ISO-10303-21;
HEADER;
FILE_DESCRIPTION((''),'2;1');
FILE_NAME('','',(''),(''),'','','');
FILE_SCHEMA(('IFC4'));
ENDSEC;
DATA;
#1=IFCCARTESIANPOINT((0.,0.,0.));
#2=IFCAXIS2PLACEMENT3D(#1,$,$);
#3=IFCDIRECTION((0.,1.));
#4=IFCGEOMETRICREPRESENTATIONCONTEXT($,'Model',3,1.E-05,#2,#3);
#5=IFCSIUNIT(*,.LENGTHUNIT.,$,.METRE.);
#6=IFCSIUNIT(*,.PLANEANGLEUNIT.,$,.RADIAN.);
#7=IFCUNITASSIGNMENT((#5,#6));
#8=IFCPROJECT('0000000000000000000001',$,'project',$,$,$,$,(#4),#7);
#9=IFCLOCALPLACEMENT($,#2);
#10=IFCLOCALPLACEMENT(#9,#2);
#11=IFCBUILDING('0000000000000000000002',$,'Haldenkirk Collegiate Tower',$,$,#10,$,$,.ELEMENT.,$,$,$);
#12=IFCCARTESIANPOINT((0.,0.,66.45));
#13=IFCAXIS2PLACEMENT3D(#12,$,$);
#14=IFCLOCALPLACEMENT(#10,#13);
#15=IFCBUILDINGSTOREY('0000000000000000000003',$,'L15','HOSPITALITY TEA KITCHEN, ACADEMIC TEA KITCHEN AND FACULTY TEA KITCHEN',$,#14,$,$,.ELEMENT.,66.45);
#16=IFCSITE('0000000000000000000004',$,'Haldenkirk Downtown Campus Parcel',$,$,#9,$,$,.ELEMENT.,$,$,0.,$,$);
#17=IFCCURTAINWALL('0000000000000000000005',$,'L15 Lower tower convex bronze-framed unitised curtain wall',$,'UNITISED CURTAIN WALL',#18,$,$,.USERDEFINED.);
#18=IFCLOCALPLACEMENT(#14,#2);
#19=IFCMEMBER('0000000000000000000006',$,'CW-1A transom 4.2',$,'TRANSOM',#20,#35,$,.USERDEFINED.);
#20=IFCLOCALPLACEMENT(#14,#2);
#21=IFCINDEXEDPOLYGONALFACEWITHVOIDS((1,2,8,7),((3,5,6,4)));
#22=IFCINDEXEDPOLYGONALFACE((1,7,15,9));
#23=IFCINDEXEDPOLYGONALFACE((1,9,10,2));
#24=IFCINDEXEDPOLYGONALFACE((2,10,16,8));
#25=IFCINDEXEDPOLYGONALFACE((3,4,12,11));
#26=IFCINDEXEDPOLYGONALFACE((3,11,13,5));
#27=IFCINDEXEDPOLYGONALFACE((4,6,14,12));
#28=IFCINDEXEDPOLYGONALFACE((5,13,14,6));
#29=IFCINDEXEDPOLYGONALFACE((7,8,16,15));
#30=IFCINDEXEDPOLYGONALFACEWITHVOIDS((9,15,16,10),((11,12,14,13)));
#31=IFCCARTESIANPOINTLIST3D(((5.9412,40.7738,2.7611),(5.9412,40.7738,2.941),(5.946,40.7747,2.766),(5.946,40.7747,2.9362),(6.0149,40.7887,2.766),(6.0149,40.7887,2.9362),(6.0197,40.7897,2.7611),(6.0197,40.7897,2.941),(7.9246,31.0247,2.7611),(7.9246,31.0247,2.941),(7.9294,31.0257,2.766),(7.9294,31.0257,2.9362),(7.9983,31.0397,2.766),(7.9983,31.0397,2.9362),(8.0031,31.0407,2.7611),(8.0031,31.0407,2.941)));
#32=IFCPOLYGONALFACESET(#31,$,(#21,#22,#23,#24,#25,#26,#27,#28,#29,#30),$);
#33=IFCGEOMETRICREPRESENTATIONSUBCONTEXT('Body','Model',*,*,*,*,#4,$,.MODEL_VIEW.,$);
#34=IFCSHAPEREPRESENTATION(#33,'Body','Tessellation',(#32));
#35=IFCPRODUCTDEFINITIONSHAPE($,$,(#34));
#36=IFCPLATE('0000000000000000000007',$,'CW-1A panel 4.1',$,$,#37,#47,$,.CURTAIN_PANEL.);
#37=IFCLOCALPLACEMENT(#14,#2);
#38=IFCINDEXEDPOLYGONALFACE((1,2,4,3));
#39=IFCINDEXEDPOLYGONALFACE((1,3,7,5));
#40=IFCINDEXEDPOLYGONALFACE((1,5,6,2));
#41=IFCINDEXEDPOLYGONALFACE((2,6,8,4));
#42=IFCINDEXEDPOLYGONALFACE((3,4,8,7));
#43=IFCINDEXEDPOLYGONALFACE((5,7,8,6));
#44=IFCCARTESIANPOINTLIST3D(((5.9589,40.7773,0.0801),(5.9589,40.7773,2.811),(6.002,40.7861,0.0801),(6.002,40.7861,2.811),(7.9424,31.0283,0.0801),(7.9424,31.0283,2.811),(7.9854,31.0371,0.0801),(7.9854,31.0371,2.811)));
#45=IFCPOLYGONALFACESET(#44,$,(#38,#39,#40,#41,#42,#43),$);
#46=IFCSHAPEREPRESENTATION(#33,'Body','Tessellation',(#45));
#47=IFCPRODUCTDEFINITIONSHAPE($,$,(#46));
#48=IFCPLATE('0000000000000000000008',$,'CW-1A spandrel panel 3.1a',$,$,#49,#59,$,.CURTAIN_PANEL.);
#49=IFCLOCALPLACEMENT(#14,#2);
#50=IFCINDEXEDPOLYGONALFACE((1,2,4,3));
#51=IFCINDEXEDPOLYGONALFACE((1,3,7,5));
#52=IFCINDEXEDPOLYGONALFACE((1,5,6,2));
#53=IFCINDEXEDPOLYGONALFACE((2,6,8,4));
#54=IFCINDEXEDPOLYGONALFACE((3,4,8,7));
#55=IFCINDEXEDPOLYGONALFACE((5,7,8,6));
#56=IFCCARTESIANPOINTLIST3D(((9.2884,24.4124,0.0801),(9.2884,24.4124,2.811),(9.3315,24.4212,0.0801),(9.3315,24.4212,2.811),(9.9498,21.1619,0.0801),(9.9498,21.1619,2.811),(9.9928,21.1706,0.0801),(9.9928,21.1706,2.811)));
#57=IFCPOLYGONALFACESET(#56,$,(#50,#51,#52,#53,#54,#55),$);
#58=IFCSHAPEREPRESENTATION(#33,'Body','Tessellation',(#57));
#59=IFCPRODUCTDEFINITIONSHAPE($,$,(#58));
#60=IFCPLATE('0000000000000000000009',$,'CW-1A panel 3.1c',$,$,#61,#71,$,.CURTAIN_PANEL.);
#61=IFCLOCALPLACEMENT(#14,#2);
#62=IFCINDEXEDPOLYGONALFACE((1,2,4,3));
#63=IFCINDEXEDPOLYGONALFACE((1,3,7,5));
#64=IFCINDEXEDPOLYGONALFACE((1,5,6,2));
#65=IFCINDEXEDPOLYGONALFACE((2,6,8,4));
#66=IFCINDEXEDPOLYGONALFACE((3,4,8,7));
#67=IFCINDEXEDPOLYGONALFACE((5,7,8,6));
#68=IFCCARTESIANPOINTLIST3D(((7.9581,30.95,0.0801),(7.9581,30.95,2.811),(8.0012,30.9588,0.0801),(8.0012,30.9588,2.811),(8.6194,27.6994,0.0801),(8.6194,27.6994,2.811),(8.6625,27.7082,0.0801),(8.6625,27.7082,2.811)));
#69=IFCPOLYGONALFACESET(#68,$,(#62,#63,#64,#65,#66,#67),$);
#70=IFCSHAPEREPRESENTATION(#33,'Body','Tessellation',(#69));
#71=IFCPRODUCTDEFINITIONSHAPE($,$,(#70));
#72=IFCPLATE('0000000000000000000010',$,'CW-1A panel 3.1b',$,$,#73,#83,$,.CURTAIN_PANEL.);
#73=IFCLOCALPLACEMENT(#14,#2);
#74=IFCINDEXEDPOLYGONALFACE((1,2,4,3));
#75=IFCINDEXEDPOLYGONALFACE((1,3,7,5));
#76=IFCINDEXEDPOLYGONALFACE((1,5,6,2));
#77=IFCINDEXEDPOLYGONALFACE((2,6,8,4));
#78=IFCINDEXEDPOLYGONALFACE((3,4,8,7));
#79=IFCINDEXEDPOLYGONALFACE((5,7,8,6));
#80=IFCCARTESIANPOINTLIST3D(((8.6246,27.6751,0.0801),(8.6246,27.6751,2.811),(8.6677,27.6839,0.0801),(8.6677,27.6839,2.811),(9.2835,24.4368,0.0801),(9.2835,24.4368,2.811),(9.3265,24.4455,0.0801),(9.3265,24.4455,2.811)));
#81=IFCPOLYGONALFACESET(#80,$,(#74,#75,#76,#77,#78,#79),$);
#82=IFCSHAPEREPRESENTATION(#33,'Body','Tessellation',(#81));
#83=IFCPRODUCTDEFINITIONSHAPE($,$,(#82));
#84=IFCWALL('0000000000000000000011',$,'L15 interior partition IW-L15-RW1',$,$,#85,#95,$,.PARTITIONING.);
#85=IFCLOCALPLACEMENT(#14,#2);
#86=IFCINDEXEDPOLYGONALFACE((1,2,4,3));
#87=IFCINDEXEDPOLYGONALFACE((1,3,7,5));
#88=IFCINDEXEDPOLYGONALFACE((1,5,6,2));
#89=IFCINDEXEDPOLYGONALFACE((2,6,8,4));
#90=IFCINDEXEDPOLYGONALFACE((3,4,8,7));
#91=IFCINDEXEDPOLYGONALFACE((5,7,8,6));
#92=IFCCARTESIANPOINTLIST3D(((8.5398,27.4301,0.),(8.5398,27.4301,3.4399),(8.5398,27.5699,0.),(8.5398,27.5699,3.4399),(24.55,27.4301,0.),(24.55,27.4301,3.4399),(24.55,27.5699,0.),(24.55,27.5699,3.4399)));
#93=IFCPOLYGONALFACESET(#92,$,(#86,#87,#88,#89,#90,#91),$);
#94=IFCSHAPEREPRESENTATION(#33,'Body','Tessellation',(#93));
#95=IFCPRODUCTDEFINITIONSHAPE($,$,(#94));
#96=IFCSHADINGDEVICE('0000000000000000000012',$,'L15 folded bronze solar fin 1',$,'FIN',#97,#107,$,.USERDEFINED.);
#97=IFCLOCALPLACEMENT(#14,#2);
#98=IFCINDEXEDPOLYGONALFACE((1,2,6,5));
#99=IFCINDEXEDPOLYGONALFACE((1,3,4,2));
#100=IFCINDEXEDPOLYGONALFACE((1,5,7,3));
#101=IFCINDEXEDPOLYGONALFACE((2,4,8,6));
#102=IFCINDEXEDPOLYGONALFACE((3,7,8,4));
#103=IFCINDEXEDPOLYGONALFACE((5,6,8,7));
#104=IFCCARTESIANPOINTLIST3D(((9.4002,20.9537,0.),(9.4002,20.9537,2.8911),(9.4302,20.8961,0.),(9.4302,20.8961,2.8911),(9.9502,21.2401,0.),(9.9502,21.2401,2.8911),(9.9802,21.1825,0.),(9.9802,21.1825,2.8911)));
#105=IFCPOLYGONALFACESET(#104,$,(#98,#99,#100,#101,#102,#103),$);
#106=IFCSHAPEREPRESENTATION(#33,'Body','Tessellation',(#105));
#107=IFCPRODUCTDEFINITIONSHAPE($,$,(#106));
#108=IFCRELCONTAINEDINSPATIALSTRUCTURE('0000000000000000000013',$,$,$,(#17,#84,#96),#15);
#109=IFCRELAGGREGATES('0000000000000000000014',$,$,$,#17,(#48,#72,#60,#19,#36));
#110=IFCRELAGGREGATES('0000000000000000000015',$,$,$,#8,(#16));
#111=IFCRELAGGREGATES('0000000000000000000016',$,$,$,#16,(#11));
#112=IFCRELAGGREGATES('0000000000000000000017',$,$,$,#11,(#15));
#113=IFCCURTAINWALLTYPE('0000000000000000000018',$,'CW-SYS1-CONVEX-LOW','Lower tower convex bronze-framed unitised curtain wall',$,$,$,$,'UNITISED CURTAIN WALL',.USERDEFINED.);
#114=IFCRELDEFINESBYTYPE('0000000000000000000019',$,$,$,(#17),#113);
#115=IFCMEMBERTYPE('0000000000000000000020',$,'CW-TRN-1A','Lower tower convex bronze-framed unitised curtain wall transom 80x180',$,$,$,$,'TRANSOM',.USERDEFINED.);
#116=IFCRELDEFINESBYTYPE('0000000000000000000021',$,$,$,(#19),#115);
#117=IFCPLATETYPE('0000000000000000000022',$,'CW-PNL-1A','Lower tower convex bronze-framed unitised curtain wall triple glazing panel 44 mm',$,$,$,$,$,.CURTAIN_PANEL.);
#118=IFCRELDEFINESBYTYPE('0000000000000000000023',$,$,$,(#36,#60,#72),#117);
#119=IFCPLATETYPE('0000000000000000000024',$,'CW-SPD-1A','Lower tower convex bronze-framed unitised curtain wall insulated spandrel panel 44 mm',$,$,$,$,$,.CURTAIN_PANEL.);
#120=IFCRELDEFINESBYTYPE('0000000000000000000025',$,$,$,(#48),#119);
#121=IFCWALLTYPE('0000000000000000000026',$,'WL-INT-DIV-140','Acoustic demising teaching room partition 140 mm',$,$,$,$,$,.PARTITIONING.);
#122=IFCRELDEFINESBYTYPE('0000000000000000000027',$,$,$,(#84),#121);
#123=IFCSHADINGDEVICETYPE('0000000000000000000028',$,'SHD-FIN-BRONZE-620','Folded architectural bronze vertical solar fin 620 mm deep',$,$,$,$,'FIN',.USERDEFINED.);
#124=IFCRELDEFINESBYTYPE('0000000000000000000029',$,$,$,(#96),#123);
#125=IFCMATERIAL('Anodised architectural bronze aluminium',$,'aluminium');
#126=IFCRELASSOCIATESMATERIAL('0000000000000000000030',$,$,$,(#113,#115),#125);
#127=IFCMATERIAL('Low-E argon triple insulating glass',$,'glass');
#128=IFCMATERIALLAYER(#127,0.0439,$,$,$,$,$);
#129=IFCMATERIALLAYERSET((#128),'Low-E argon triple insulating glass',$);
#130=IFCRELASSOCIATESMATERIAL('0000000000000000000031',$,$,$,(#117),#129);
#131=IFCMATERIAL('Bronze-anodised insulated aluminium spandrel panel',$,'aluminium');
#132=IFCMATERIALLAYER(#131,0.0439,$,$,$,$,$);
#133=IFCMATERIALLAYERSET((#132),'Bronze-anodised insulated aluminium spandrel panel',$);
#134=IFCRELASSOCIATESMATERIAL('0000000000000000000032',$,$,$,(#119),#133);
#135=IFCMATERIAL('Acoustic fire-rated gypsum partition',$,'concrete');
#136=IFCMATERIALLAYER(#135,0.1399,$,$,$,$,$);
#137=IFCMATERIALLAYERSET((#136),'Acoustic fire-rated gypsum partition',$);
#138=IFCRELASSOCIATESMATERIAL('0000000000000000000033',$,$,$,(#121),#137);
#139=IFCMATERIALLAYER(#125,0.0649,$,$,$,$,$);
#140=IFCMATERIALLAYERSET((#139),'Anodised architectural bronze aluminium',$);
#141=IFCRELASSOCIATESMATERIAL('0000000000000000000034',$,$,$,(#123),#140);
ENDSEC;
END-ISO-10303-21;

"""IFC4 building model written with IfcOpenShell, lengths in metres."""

from ifc_helpers import new_model, si_unit, direction, frame, frame_2d, origin, origin_2d, place, context, subcontext, project, spatial, rectangle, hollow_rectangle, extrude, source, transform, mapped, material, layer, layer_set, material_profile, profile_set, type_object, element, aggregate, save


model = new_model("IFC4")

# Units and contexts
model_context = context("Model", 3, precision=1e-05, world=origin(), true_north=direction((0.0, 1.0)))
body_context = subcontext(model_context, "Body", "Model", "MODEL_VIEW")
ifc_project = project(units=[si_unit("LENGTHUNIT", "METRE"), si_unit("PLANEANGLEUNIT", "RADIAN")], contexts=[model_context])

# Site, building, storey
site_placement = place(None, origin())
site = spatial("IfcSite", under=ifc_project, at=site_placement, Name="Haldenkirk Downtown Campus Parcel", CompositionType="ELEMENT", RefElevation=0.0)
building_placement = place(site_placement, origin())
building = spatial("IfcBuilding", under=site, at=building_placement, Name="Haldenkirk Collegiate Tower", CompositionType="ELEMENT")
storey_placement = place(building_placement, frame((0.0, 0.0, 66.45)))
storey = spatial("IfcBuildingStorey", under=building, at=storey_placement, Name="L15", Description="HOSPITALITY TEA KITCHEN, ACADEMIC TEA KITCHEN AND FACULTY TEA KITCHEN", CompositionType="ELEMENT", Elevation=66.45)

# Curtain wall, member, plates
ifc_material_1 = material(Name="Anodised architectural bronze aluminium", Category="aluminium")
curtain_wall_type = type_object("IfcCurtainWallType", Name="CW-SYS1-CONVEX-LOW", Description="Lower tower convex bronze-framed unitised curtain wall", ElementType="UNITISED CURTAIN WALL", PredefinedType="USERDEFINED", material=ifc_material_1)
curtain_wall_placement = place(storey_placement, origin())
curtain_wall = element("IfcCurtainWall", 1, at=curtain_wall_placement, inside=storey, type_object=curtain_wall_type, Name="L15 Lower tower convex bronze-framed unitised curtain wall", ObjectType="UNITISED CURTAIN WALL", PredefinedType="USERDEFINED")
ifc_material_profile_1 = material_profile(ifc_material_1, hollow_rectangle(XDim=0.0801, YDim=0.1799, WallThickness=0.0049, at=origin_2d()), Name="CW-TRN-1A")
ifc_profile_set_1 = profile_set([ifc_material_profile_1], Name="Anodised architectural bronze aluminium")
member_type_1 = type_object("IfcMemberType", Name="CW-TRN-1A", Description="Lower tower convex bronze-framed unitised curtain wall transom 80x180", ElementType="TRANSOM", PredefinedType="USERDEFINED", material=ifc_profile_set_1)
member_1_placement = place(storey_placement, frame((7.9639, 31.0327, 2.8511), z_axis=(-0.199362, 0.979926, 0.0), x_axis=(-0.979926, -0.199362, 0.0)))
member_1 = element("IfcMember", 2, at=member_1_placement, type_object=member_type_1, Name="CW-1A transom 4.2", ObjectType="TRANSOM", PredefinedType="USERDEFINED", context=body_context, shape_type="SweptSolid", body=[
    extrude(hollow_rectangle(XDim=0.0801, YDim=0.1799, WallThickness=0.0049, at=origin_2d()), origin(), (0.0, 0.0, 1.0), 9.9487),
])
ifc_material_2 = material(Name="Low-E argon triple insulating glass", Category="glass")
ifc_layer_1 = layer(ifc_material_2, 0.0439)
ifc_layer_set_1 = layer_set([ifc_layer_1], Name="Low-E argon triple insulating glass")
plate_type_1 = type_object("IfcPlateType", Name="CW-PNL-1A", Description="Lower tower convex bronze-framed unitised curtain wall triple glazing panel 44 mm", PredefinedType="CURTAIN_PANEL", material=ifc_layer_set_1)
shared_shape_1 = source(origin(), body_context, "Body", "SweptSolid", [
    extrude(rectangle(XDim=9.9487, YDim=0.0439, at=origin_2d()), origin(), (0.0, 0.0, 1.0), 2.731),
])
plate_1_placement = place(storey_placement, frame((6.9722, 35.9072, 0.0801), z_axis=(0.0, 0.0, 1.0), x_axis=(-0.199369, 0.979924, 0.0)))
plate_1 = element("IfcPlate", 3, at=plate_1_placement, type_object=plate_type_1, Name="CW-1A panel 4.1", PredefinedType="CURTAIN_PANEL", context=body_context, shape_type="MappedRepresentation", body=[
    mapped(shared_shape_1, transform((0.0, 0.0, 0.0), x_axis=(1.0, 0.0, 0.0), y_axis=(0.0, 1.0, 0.0), z_axis=(0.0, 0.0, 1.0), scale=1.0)),
])
ifc_material_3 = material(Name="Bronze-anodised insulated aluminium spandrel panel", Category="aluminium")
ifc_layer_2 = layer(ifc_material_3, 0.0439)
ifc_layer_set_2 = layer_set([ifc_layer_2], Name="Bronze-anodised insulated aluminium spandrel panel")
plate_type_2 = type_object("IfcPlateType", Name="CW-SPD-1A", Description="Lower tower convex bronze-framed unitised curtain wall insulated spandrel panel 44 mm", PredefinedType="CURTAIN_PANEL", material=ifc_layer_set_2)
shared_shape_2 = source(origin(), body_context, "Body", "SweptSolid", [
    extrude(rectangle(XDim=3.3171, YDim=0.0439, at=origin_2d()), origin(), (0.0, 0.0, 1.0), 2.731),
])
plate_2_placement = place(storey_placement, frame((9.6406, 22.7915, 0.0801), z_axis=(0.0, 0.0, 1.0), x_axis=(-0.199369, 0.979924, 0.0)))
plate_2 = element("IfcPlate", 4, at=plate_2_placement, type_object=plate_type_2, Name="CW-1A spandrel panel 3.1a", PredefinedType="CURTAIN_PANEL", context=body_context, shape_type="MappedRepresentation", body=[
    mapped(shared_shape_2, transform((0.0, 0.0, 0.0), x_axis=(1.0, 0.0, 0.0), y_axis=(0.0, 1.0, 0.0), z_axis=(0.0, 0.0, 1.0), scale=1.0)),
])
plate_3_placement = place(storey_placement, frame((8.3103, 29.3291, 0.0801), z_axis=(0.0, 0.0, 1.0), x_axis=(-0.199369, 0.979924, 0.0)))
plate_3 = element("IfcPlate", 5, at=plate_3_placement, type_object=plate_type_1, Name="CW-1A panel 3.1c", PredefinedType="CURTAIN_PANEL", context=body_context, shape_type="MappedRepresentation", body=[
    mapped(shared_shape_2, transform((0.0, 0.0, 0.0), x_axis=(1.0, 0.0, 0.0), y_axis=(0.0, 1.0, 0.0), z_axis=(0.0, 0.0, 1.0), scale=1.0)),
])
shared_shape_3 = source(origin(), body_context, "Body", "SweptSolid", [
    extrude(rectangle(XDim=3.3047, YDim=0.0439, at=origin_2d()), origin(), (0.0, 0.0, 1.0), 2.731),
])
plate_4_placement = place(storey_placement, frame((8.9756, 26.0603, 0.0801), z_axis=(0.0, 0.0, 1.0), x_axis=(-0.199369, 0.979924, 0.0)))
plate_4 = element("IfcPlate", 6, at=plate_4_placement, type_object=plate_type_1, Name="CW-1A panel 3.1b", PredefinedType="CURTAIN_PANEL", context=body_context, shape_type="MappedRepresentation", body=[
    mapped(shared_shape_3, transform((0.0, 0.0, 0.0), x_axis=(1.0, 0.0, 0.0), y_axis=(0.0, 1.0, 0.0), z_axis=(0.0, 0.0, 1.0), scale=1.0)),
])
aggregate(curtain_wall, [plate_2, plate_4, plate_3, member_1, plate_1])

# Wall
ifc_material_4 = material(Name="Acoustic fire-rated gypsum partition", Category="concrete")
ifc_layer_3 = layer(ifc_material_4, 0.1399)
ifc_layer_set_3 = layer_set([ifc_layer_3], Name="Acoustic fire-rated gypsum partition")
wall_type_1 = type_object("IfcWallType", Name="WL-INT-DIV-140", Description="Acoustic demising teaching room partition 140 mm", PredefinedType="PARTITIONING", material=ifc_layer_set_3)
wall_1_placement = place(storey_placement, frame((8.5398, 27.5, 0.0), z_axis=(0.0, 0.0, 1.0), x_axis=(1.0, 0.0, 0.0)))
element("IfcWall", 7, at=wall_1_placement, inside=storey, type_object=wall_type_1, Name="L15 interior partition IW-L15-RW1", PredefinedType="PARTITIONING", context=body_context, shape_type="SweptSolid", body=[
    extrude(rectangle(XDim=16.0103, YDim=0.1399, at=frame_2d((8.0051, 0.0))), origin(), (0.0, 0.0, 1.0), 3.4399),
])

# Shading device
ifc_layer_4 = layer(ifc_material_1, 0.0649)
ifc_layer_set_4 = layer_set([ifc_layer_4], Name="Anodised architectural bronze aluminium")
shading_device_type = type_object("IfcShadingDeviceType", Name="SHD-FIN-BRONZE-620", Description="Folded architectural bronze vertical solar fin 620 mm deep", ElementType="FIN", PredefinedType="USERDEFINED", material=ifc_layer_set_4)
shared_shape_4 = source(origin(), body_context, "Body", "SweptSolid", [
    extrude(rectangle(XDim=0.6201, YDim=0.0649, at=origin_2d()), origin(), (0.0, 0.0, 1.0), 2.8911),
])
shading_device_placement = place(storey_placement, frame((9.6902, 21.0681, 0.0), z_axis=(0.0, 0.0, 1.0), x_axis=(-0.887011, -0.461749, 0.0)))
element("IfcShadingDevice", 8, at=shading_device_placement, inside=storey, type_object=shading_device_type, Name="L15 folded bronze solar fin 1", ObjectType="FIN", PredefinedType="USERDEFINED", context=body_context, shape_type="MappedRepresentation", body=[
    mapped(shared_shape_4, transform((0.0, 0.0, 0.0), x_axis=(1.0, 0.0, 0.0), y_axis=(0.0, 1.0, 0.0), z_axis=(0.0, 0.0, 1.0), scale=1.0)),
])

save(model, "model.ifc")
